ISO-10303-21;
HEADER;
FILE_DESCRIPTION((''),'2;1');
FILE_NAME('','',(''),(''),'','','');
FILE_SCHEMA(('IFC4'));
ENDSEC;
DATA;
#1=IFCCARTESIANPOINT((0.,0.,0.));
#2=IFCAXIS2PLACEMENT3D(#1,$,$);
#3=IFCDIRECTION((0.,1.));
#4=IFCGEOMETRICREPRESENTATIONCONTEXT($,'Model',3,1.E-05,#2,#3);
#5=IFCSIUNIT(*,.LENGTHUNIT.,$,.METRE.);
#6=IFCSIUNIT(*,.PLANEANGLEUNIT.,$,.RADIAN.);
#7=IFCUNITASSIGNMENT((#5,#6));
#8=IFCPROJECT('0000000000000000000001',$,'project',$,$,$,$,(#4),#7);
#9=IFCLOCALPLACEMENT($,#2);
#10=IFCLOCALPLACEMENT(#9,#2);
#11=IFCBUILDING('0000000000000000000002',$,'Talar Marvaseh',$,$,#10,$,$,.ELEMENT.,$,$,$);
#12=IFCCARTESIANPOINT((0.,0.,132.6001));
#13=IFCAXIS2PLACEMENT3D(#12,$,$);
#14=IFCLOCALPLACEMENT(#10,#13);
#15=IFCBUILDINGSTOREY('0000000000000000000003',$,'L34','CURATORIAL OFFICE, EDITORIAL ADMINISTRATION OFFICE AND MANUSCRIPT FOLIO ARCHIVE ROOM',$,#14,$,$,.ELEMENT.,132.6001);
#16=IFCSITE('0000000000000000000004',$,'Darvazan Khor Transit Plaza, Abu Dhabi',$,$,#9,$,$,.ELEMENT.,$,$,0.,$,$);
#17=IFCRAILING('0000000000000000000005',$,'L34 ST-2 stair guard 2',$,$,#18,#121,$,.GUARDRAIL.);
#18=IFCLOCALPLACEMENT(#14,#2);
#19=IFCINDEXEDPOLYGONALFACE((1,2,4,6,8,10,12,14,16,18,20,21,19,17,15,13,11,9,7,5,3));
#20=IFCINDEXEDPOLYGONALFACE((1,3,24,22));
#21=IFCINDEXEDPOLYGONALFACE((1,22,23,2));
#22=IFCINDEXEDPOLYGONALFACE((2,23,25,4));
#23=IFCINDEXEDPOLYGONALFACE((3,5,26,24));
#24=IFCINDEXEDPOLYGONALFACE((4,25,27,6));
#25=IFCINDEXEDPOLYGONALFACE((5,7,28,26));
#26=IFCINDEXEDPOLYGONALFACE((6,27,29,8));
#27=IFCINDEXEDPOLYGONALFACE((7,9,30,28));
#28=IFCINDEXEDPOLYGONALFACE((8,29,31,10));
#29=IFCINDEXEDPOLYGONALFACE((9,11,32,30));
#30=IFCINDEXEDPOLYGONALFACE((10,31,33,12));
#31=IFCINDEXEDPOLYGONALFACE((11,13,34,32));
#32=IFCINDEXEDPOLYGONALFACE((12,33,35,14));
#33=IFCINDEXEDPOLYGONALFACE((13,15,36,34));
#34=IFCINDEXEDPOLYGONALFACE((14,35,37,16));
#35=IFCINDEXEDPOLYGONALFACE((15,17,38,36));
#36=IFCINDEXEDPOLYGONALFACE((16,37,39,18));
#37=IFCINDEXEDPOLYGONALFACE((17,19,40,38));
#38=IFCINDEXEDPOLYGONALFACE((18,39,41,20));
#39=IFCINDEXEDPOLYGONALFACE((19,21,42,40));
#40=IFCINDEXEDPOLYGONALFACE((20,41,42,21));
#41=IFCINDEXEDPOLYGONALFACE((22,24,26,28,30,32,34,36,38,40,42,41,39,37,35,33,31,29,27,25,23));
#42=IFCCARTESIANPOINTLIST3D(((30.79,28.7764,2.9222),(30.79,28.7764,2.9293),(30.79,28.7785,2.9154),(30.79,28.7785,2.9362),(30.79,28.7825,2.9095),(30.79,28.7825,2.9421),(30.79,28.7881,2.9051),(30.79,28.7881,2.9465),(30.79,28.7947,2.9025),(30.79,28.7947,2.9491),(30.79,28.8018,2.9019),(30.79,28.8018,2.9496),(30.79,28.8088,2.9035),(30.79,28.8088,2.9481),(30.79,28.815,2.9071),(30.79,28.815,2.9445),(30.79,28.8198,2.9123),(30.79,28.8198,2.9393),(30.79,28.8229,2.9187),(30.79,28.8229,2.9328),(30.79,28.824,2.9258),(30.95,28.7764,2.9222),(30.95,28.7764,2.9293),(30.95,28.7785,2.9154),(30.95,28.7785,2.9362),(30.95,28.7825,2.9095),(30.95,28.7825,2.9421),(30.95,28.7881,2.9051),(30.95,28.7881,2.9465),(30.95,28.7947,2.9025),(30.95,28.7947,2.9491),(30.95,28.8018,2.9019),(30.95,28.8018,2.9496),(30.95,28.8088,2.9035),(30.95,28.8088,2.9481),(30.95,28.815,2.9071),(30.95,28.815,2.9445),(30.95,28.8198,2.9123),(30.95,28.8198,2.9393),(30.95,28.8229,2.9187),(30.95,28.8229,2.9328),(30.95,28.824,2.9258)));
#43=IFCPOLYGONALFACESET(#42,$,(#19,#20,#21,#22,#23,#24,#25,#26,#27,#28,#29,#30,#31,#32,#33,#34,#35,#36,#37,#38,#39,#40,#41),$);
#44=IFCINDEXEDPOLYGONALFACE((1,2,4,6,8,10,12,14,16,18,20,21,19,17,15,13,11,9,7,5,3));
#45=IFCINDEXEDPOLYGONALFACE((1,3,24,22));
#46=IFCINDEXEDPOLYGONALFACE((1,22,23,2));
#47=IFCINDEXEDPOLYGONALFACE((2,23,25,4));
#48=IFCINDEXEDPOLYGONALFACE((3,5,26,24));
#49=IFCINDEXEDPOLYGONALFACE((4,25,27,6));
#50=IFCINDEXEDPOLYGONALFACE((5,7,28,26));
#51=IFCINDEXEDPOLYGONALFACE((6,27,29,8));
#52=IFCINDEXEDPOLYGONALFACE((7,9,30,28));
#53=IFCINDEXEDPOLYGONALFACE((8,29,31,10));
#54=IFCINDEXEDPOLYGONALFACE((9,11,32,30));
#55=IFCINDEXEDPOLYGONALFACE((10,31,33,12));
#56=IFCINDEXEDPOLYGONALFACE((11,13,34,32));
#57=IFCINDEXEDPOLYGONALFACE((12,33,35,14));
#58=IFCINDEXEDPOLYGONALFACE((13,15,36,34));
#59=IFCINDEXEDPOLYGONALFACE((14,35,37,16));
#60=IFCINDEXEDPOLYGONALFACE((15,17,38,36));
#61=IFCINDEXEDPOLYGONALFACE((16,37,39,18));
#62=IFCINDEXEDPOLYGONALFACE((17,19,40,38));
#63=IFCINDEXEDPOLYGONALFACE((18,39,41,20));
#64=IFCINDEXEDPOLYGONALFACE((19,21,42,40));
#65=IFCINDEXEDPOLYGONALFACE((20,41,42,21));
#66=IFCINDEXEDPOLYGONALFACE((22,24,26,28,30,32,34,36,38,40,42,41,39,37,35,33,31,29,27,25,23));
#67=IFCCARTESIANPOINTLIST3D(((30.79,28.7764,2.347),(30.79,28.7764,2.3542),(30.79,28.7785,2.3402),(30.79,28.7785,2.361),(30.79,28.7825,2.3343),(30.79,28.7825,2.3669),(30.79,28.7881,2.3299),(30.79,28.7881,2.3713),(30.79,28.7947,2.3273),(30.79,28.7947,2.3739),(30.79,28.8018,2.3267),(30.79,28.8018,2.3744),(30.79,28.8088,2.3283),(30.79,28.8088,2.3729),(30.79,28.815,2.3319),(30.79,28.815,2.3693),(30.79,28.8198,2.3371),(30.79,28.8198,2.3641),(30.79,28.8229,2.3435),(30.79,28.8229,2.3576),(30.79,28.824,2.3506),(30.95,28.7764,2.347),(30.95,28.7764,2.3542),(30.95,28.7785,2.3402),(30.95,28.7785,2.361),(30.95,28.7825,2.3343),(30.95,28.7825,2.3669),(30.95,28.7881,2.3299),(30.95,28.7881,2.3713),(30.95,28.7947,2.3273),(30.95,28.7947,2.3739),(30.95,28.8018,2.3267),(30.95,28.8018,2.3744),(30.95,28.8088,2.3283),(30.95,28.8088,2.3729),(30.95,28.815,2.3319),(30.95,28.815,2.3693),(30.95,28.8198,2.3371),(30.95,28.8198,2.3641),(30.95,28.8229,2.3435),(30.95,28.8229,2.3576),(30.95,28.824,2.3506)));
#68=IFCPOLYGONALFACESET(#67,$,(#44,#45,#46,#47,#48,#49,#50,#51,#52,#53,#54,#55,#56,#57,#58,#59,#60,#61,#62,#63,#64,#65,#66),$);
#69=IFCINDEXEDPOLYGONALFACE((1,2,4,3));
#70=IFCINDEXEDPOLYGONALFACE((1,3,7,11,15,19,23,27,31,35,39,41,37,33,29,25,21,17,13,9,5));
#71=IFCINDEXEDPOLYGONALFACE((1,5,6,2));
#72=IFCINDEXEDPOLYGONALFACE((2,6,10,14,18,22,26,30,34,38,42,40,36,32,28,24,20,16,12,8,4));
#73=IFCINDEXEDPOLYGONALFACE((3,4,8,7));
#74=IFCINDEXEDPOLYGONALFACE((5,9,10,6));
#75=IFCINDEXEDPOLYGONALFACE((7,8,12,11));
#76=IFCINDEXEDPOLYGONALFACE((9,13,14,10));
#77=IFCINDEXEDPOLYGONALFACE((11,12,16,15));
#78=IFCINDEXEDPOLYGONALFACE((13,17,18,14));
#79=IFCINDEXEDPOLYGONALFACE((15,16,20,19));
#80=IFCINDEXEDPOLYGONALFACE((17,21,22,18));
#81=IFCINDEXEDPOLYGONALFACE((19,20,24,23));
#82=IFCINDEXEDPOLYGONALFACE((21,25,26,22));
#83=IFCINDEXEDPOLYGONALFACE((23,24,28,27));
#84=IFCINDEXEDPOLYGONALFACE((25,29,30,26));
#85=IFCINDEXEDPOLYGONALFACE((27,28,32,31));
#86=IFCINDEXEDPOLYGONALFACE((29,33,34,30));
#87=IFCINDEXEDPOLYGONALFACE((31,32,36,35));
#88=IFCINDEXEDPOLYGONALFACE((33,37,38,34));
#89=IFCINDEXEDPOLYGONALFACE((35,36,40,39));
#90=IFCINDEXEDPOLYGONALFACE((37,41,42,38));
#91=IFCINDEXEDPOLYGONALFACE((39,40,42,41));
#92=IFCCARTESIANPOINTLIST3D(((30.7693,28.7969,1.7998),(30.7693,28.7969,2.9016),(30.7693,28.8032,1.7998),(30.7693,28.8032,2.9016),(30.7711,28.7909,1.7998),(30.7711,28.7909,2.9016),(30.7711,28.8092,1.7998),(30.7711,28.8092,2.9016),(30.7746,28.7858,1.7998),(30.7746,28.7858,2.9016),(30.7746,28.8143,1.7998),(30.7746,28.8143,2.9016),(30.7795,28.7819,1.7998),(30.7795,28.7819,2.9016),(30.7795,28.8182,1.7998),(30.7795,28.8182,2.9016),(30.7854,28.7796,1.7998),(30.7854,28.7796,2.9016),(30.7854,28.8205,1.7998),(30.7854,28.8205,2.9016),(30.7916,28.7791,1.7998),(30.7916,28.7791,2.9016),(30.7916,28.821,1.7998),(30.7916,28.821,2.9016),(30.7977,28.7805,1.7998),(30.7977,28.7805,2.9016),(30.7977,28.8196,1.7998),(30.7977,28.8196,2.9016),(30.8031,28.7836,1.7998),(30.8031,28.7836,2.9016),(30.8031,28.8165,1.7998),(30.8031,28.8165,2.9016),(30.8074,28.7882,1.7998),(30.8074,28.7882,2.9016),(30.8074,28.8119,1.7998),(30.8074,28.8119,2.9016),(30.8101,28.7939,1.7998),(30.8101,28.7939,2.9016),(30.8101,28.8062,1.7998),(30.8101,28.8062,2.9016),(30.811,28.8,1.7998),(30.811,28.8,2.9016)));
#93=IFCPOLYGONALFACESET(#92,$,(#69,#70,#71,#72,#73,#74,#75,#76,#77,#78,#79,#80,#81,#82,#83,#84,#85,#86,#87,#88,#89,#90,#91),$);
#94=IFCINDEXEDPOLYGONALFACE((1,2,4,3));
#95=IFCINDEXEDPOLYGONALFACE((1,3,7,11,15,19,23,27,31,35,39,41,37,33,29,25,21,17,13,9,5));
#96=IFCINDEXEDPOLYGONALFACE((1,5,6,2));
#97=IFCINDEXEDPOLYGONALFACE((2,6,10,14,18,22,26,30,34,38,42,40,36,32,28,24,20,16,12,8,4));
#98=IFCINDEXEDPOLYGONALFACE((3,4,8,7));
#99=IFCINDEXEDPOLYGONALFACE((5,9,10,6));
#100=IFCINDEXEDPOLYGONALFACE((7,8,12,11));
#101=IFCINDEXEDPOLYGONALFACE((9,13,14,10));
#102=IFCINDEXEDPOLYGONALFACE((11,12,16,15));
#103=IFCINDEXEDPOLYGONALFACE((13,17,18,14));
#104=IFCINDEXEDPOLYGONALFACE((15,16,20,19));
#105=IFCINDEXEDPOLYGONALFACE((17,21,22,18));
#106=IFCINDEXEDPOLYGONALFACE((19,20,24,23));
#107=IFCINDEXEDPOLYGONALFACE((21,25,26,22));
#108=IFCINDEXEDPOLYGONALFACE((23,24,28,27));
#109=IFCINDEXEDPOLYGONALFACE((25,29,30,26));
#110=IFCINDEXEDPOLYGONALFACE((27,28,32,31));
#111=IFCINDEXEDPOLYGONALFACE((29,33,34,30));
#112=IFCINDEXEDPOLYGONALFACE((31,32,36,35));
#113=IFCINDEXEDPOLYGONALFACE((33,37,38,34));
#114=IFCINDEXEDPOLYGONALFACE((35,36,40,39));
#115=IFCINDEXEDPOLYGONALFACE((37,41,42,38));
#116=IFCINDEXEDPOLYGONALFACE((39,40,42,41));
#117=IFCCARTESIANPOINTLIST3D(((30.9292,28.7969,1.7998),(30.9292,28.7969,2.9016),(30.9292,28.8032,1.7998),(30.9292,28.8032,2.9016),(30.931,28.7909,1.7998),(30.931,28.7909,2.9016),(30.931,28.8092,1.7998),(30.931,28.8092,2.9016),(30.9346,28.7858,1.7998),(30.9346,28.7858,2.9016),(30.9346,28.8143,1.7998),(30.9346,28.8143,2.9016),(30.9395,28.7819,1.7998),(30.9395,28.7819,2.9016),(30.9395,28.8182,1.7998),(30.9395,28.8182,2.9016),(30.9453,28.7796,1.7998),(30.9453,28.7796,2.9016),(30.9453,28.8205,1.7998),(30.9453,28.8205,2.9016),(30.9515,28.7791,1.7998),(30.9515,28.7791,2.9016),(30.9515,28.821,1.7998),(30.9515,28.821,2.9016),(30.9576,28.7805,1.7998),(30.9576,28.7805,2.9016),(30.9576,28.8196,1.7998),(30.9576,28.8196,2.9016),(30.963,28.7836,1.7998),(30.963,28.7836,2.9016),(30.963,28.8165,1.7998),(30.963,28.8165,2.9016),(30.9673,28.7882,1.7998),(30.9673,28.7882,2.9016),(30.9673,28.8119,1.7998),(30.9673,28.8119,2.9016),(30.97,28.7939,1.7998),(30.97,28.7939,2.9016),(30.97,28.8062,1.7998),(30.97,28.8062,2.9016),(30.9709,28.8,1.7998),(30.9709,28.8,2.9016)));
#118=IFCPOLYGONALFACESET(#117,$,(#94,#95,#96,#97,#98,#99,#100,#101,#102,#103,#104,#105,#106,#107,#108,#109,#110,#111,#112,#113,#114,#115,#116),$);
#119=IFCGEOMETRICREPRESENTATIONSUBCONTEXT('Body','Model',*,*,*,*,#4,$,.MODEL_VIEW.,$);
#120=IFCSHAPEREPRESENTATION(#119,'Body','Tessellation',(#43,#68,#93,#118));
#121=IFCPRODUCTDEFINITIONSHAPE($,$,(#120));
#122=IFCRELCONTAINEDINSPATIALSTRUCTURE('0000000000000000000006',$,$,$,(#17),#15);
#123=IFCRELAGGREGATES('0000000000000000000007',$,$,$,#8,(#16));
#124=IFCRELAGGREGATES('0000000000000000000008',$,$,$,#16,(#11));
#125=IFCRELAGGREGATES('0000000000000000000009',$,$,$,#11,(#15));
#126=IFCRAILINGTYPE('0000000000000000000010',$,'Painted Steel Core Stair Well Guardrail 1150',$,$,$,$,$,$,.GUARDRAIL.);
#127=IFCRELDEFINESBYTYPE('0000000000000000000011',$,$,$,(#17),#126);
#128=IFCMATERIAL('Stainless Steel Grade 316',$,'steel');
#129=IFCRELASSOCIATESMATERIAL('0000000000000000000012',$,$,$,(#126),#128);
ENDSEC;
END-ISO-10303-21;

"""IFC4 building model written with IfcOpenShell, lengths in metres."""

from ifc_helpers import new_model, si_unit, direction, frame, origin, origin_2d, place, context, subcontext, project, spatial, circle, extrude, material, type_object, element, save


model = new_model("IFC4")

# Units and contexts
model_context = context("Model", 3, precision=1e-05, world=origin(), true_north=direction((0.0, 1.0)))
body_context = subcontext(model_context, "Body", "Model", "MODEL_VIEW")
ifc_project = project(units=[si_unit("LENGTHUNIT", "METRE"), si_unit("PLANEANGLEUNIT", "RADIAN")], contexts=[model_context])

# Site, building, storey
site_placement = place(None, origin())
site = spatial("IfcSite", under=ifc_project, at=site_placement, Name="Darvazan Khor Transit Plaza, Abu Dhabi", CompositionType="ELEMENT", RefElevation=0.0)
building_placement = place(site_placement, origin())
building = spatial("IfcBuilding", under=site, at=building_placement, Name="Talar Marvaseh", CompositionType="ELEMENT")
storey_placement = place(building_placement, frame((0.0, 0.0, 132.6001)))
storey = spatial("IfcBuildingStorey", under=building, at=storey_placement, Name="L34", Description="CURATORIAL OFFICE, EDITORIAL ADMINISTRATION OFFICE AND MANUSCRIPT FOLIO ARCHIVE ROOM", CompositionType="ELEMENT", Elevation=132.6001)

# Shared definitions
ifc_material_1 = material(Name="Stainless Steel Grade 316", Category="steel")

# Railing
railing_type_1 = type_object("IfcRailingType", Name="Painted Steel Core Stair Well Guardrail 1150", PredefinedType="GUARDRAIL", material=ifc_material_1)
railing_1_placement = place(storey_placement, frame((30.79, 28.8, 1.7998)))
element("IfcRailing", 1, at=railing_1_placement, inside=storey, type_object=railing_type_1, Name="L34 ST-2 stair guard 2", PredefinedType="GUARDRAIL", context=body_context, shape_type="SweptSolid", body=[
    extrude(circle(Radius=0.0239, at=origin_2d()), frame((0.0, 0.0, 1.126), z_axis=(1.0, 0.0, 0.0), x_axis=(0.0, 1.0, 0.0)), (0.0, 0.0, 1.0), 0.1599),
    extrude(circle(Radius=0.0239, at=origin_2d()), frame((0.0, 0.0, 0.5508), z_axis=(1.0, 0.0, 0.0), x_axis=(0.0, 1.0, 0.0)), (0.0, 0.0, 1.0), 0.1599),
    extrude(circle(Radius=0.021, at=origin_2d()), origin(), (0.0, 0.0, 1.0), 1.1018),
    extrude(circle(Radius=0.021, at=origin_2d()), frame((0.1599, 0.0, 0.0)), (0.0, 0.0, 1.0), 1.1018),
])

save(model, "model.ifc")
